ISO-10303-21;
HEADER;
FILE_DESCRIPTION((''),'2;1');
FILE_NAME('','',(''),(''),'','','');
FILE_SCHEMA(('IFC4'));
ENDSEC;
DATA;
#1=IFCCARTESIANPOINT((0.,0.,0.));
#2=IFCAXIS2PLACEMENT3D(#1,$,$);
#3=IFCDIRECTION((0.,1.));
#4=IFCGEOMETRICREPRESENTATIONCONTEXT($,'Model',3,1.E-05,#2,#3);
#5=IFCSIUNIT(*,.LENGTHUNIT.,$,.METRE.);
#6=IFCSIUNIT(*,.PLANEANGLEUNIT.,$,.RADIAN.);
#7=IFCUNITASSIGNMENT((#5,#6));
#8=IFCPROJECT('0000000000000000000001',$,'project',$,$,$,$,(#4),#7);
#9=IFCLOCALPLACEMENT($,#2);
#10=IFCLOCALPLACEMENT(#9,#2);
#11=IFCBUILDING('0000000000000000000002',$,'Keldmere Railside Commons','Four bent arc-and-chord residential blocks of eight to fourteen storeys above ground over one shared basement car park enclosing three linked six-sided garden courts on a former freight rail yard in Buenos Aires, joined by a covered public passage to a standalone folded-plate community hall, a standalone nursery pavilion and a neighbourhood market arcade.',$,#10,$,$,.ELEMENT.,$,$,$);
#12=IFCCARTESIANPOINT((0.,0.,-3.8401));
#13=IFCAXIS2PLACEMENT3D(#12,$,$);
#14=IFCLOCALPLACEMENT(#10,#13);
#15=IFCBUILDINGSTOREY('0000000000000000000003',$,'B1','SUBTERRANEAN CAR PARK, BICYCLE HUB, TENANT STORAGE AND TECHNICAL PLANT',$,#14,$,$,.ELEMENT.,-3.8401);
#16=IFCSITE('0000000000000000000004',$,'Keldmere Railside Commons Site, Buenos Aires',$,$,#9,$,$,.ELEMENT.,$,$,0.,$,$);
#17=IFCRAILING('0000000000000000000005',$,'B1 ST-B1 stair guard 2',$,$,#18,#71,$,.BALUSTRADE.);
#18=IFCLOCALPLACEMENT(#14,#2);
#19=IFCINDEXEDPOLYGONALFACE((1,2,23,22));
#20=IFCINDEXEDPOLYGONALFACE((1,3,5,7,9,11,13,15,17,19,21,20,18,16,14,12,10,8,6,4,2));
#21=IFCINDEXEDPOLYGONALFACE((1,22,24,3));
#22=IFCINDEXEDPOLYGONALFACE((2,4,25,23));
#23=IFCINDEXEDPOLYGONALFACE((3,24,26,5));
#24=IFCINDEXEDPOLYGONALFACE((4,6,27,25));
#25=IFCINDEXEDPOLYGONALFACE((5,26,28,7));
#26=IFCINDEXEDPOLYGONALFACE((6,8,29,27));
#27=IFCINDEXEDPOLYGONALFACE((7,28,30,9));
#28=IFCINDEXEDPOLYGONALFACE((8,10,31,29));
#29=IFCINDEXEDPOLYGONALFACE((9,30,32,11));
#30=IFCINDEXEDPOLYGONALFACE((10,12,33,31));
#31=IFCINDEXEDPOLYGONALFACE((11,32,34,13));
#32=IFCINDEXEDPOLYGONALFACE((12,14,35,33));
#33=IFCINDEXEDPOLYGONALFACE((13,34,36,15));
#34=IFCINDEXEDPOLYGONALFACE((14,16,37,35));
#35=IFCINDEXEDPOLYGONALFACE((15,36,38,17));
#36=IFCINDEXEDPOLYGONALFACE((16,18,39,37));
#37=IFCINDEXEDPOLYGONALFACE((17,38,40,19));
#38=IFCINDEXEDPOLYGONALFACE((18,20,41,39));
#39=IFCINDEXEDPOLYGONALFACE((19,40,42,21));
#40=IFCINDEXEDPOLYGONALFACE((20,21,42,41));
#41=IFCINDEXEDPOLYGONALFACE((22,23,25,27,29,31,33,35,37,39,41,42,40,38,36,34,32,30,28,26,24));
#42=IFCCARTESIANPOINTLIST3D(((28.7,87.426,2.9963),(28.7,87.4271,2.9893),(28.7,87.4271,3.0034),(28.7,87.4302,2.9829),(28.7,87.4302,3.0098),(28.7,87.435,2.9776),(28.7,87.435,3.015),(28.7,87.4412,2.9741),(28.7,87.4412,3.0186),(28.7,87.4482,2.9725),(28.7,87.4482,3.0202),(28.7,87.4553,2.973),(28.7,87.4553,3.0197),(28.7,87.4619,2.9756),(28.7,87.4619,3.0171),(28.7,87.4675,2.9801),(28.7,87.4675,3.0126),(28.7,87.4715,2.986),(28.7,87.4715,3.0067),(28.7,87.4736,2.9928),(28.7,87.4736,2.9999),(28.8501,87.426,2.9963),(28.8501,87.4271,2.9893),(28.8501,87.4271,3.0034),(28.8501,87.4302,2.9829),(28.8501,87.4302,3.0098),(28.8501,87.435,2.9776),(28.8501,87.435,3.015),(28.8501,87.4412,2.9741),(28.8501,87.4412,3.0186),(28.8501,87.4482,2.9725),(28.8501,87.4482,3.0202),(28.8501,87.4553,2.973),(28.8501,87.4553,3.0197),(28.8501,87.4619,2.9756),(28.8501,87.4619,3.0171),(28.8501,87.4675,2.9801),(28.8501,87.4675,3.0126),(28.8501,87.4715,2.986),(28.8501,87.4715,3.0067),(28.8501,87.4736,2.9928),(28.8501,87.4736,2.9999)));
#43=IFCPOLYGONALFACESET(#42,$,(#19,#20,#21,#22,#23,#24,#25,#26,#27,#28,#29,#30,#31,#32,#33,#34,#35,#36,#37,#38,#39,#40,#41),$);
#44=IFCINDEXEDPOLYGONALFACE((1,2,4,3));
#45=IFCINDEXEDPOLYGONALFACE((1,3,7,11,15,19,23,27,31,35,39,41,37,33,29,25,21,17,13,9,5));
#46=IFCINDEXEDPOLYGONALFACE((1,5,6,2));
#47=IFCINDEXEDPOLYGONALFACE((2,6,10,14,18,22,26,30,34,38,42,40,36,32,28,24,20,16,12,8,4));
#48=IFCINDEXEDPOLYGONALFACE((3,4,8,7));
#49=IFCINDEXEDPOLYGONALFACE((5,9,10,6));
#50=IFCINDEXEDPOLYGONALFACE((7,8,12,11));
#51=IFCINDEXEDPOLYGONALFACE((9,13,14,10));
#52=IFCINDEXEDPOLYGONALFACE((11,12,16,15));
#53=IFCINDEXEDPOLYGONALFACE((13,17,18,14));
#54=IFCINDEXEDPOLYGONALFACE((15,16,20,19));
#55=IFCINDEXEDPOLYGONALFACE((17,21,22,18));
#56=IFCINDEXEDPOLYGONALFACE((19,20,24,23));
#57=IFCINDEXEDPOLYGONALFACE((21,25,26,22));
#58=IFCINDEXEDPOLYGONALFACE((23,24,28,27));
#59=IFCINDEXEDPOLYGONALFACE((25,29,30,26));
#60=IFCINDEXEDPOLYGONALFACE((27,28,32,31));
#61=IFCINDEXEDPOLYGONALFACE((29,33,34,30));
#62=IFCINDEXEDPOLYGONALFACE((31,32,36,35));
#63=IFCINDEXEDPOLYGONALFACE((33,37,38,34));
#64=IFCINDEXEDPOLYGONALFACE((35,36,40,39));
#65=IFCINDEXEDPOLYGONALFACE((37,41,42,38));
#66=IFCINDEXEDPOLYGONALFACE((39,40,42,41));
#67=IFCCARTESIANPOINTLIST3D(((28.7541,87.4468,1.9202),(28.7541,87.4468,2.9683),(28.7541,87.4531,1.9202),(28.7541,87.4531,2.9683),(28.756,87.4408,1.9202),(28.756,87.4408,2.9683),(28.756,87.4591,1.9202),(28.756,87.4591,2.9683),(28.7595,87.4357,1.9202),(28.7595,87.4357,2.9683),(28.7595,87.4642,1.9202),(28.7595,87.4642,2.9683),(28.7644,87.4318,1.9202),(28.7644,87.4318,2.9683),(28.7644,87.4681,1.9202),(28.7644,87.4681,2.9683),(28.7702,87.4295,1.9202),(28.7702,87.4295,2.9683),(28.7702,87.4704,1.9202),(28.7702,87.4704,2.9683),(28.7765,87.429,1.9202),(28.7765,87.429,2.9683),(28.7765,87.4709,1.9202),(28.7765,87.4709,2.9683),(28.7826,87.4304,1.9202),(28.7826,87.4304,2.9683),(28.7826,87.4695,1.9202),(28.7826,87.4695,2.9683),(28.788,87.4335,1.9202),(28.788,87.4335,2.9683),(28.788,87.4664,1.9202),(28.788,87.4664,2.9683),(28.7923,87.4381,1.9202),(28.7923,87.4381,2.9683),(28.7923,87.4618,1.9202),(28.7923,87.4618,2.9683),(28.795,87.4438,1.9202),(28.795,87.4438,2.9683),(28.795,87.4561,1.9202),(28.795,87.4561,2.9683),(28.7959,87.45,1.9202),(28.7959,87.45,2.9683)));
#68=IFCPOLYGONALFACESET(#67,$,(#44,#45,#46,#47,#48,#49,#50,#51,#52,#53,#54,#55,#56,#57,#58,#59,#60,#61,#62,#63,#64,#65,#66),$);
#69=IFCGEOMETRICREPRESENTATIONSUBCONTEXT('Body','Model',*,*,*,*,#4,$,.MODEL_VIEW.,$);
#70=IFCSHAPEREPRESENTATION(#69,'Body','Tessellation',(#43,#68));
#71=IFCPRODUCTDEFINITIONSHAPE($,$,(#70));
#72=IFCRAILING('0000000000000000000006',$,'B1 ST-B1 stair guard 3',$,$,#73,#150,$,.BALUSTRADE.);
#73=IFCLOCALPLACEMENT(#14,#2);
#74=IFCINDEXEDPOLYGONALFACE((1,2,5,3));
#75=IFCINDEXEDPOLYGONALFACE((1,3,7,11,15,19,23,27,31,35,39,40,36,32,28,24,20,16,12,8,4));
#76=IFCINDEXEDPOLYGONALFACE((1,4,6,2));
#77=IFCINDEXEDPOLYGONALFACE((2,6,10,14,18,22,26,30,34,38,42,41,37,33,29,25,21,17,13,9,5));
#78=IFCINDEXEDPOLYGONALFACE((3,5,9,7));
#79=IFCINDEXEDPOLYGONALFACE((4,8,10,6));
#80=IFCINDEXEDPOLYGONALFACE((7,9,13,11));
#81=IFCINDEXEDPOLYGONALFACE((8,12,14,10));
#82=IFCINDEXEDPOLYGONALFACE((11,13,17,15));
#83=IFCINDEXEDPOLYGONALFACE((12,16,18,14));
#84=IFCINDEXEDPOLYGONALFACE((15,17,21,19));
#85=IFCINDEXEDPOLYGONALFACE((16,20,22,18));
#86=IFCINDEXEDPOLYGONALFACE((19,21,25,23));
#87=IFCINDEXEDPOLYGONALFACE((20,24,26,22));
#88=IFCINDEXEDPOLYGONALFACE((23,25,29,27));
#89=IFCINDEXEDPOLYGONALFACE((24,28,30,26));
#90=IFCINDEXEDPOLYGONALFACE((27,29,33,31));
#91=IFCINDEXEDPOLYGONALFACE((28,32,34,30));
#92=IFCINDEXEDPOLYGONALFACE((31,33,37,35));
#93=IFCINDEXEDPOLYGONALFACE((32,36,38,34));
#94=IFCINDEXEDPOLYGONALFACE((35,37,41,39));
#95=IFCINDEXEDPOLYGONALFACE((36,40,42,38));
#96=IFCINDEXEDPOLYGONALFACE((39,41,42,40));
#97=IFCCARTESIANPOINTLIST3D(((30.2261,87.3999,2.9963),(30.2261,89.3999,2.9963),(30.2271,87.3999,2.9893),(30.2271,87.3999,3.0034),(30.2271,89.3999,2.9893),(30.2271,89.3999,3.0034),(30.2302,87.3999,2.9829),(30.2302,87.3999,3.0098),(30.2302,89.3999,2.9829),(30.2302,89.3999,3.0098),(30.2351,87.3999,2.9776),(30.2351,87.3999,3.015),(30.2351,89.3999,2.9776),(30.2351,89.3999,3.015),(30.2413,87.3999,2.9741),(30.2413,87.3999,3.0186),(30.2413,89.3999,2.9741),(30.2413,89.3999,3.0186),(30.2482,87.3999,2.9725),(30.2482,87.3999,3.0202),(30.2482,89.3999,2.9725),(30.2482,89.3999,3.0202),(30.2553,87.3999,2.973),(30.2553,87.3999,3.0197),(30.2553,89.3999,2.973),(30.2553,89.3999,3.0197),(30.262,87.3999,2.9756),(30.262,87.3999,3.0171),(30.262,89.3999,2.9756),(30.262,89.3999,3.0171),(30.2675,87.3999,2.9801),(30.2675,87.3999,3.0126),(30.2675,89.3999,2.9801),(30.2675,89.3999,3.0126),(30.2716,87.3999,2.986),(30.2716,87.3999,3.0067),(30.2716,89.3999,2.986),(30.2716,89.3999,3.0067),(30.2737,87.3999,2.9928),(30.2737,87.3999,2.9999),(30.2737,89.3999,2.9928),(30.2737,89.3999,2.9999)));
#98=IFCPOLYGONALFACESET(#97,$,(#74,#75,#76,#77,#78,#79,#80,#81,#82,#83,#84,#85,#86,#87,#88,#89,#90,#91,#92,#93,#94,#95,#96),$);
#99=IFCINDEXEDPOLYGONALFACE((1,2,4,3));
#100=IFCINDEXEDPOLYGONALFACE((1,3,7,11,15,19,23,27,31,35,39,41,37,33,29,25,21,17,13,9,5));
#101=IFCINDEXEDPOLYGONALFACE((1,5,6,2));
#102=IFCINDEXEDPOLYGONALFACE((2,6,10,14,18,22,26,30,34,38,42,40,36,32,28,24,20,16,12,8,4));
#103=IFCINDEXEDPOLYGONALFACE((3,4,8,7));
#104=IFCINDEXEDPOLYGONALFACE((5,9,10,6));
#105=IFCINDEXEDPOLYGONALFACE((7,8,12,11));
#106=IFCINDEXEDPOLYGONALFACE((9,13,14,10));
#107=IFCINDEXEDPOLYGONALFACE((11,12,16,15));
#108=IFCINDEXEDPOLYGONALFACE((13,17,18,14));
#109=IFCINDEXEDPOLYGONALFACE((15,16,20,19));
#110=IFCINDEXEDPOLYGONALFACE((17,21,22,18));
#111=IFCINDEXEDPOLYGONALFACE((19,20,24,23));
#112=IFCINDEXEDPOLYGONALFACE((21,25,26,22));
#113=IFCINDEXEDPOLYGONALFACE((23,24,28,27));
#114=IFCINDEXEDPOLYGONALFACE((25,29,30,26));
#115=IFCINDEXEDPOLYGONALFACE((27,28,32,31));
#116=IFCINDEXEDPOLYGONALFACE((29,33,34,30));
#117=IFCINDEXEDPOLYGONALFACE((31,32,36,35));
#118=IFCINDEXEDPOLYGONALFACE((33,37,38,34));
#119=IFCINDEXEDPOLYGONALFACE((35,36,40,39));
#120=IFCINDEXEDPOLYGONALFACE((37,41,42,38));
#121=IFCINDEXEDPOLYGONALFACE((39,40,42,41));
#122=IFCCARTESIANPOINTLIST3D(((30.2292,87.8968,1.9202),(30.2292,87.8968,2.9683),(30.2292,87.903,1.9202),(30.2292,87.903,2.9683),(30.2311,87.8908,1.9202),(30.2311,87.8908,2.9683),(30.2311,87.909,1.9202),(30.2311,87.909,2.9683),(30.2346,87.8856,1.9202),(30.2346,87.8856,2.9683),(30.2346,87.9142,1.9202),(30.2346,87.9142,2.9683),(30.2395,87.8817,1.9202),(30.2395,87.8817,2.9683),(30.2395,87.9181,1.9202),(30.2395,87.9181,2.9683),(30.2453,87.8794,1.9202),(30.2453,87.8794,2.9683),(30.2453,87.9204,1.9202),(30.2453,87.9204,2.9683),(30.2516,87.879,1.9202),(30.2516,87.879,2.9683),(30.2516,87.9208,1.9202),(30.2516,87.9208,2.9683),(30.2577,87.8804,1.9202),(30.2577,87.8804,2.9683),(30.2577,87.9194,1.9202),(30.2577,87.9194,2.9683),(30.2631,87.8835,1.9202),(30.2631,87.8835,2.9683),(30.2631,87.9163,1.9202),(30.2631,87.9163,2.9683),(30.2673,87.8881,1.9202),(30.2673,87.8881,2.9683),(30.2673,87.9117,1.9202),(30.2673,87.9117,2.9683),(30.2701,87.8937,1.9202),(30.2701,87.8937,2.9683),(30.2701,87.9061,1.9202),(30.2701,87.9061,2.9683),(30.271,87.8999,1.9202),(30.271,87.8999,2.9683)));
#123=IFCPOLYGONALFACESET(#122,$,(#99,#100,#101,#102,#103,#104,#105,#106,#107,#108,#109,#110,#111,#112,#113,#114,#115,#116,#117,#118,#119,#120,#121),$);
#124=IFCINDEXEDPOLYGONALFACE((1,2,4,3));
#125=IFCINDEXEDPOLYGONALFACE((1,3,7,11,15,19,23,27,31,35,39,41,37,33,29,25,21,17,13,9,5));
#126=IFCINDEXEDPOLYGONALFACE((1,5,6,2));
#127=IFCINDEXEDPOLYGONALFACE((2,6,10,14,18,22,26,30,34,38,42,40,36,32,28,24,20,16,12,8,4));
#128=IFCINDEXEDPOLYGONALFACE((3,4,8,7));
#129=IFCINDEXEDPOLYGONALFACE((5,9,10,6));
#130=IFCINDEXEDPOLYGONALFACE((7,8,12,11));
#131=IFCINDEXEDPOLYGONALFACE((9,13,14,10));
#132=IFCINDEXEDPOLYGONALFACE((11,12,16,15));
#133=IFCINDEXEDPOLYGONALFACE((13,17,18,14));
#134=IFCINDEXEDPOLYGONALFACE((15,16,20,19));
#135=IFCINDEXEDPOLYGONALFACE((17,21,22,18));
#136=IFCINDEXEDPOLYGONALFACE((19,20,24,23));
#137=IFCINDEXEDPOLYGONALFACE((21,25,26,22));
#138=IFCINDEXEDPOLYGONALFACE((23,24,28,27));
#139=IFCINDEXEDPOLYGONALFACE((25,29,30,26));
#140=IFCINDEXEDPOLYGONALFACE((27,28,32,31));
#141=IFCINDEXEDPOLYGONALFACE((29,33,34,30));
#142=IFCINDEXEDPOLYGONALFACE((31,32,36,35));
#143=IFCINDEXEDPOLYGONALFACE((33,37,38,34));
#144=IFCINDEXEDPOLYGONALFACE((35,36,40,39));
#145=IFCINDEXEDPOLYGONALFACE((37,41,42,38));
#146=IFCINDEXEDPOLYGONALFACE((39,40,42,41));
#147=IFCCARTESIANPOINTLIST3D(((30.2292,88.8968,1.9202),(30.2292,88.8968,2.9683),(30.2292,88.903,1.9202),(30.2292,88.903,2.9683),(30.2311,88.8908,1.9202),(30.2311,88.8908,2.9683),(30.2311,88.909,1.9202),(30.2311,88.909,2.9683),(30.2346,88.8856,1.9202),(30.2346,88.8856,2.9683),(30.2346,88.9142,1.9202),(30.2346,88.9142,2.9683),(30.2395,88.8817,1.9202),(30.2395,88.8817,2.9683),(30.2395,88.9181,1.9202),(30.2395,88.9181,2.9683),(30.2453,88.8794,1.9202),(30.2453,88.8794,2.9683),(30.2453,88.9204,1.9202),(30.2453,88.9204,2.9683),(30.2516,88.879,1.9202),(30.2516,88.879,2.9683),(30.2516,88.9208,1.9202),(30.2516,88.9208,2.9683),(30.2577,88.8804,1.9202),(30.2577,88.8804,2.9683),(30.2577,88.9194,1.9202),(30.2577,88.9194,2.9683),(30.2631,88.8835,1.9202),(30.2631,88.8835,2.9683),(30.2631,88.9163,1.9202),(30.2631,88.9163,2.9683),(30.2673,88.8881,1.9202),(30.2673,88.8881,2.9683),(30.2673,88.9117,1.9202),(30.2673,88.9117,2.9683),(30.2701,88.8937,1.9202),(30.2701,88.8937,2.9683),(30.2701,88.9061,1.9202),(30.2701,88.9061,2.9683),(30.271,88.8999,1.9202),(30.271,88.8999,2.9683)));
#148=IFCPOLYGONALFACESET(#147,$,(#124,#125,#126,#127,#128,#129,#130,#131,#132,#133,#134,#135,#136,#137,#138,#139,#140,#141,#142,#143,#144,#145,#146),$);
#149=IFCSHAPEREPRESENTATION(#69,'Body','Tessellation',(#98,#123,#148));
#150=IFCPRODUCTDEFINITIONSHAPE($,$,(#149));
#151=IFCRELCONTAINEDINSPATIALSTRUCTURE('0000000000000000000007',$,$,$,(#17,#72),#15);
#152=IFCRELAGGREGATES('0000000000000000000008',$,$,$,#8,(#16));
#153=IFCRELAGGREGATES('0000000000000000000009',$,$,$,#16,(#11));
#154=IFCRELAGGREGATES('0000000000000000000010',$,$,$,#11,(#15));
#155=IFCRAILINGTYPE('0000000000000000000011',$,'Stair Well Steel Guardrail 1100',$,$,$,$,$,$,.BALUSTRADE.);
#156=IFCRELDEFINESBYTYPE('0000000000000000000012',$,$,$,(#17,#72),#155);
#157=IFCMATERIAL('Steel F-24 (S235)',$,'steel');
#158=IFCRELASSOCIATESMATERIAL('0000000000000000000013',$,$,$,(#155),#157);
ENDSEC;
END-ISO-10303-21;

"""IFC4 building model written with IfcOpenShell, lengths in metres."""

from ifc_helpers import new_model, si_unit, direction, frame, origin, origin_2d, place, context, subcontext, project, spatial, circle, extrude, material, type_object, element, save


model = new_model("IFC4")

# Units and contexts
model_context = context("Model", 3, precision=1e-05, world=origin(), true_north=direction((0.0, 1.0)))
body_context = subcontext(model_context, "Body", "Model", "MODEL_VIEW")
ifc_project = project(units=[si_unit("LENGTHUNIT", "METRE"), si_unit("PLANEANGLEUNIT", "RADIAN")], contexts=[model_context])

# Site, building, storey
site_placement = place(None, origin())
site = spatial("IfcSite", under=ifc_project, at=site_placement, Name="Keldmere Railside Commons Site, Buenos Aires", CompositionType="ELEMENT", RefElevation=0.0)
building_placement = place(site_placement, origin())
building = spatial("IfcBuilding", under=site, at=building_placement, Name="Keldmere Railside Commons", Description="Four bent arc-and-chord residential blocks of eight to fourteen storeys above ground over one shared basement car park enclosing three linked six-sided garden courts on a former freight rail yard in Buenos Aires, joined by a covered public passage to a standalone folded-plate community hall, a standalone nursery pavilion and a neighbourhood market arcade.", CompositionType="ELEMENT")
storey_placement = place(building_placement, frame((0.0, 0.0, -3.8401)))
storey = spatial("IfcBuildingStorey", under=building, at=storey_placement, Name="B1", Description="SUBTERRANEAN CAR PARK, BICYCLE HUB, TENANT STORAGE AND TECHNICAL PLANT", CompositionType="ELEMENT", Elevation=-3.8401)

# Railings
ifc_material_1 = material(Name="Steel F-24 (S235)", Category="steel")
railing_type_1 = type_object("IfcRailingType", Name="Stair Well Steel Guardrail 1100", PredefinedType="BALUSTRADE", material=ifc_material_1)
railing_1_placement = place(storey_placement, frame((28.8501, 87.45, 1.9202)))
element("IfcRailing", 1, at=railing_1_placement, inside=storey, type_object=railing_type_1, Name="B1 ST-B1 stair guard 2", PredefinedType="BALUSTRADE", context=body_context, shape_type="SweptSolid", body=[
    extrude(circle(Radius=0.0239, at=origin_2d()), frame((0.0, 0.0, 1.0762), z_axis=(-1.0, 0.0, 0.0), x_axis=(0.0, -1.0, 0.0)), (0.0, 0.0, 1.0), 0.1501),
    extrude(circle(Radius=0.021, at=origin_2d()), frame((-0.0752, 0.0, 0.0)), (0.0, 0.0, 1.0), 1.0481),
])
railing_2_placement = place(storey_placement, frame((30.25, 87.3999, 1.9202)))
element("IfcRailing", 2, at=railing_2_placement, inside=storey, type_object=railing_type_1, Name="B1 ST-B1 stair guard 3", PredefinedType="BALUSTRADE", context=body_context, shape_type="SweptSolid", body=[
    extrude(circle(Radius=0.0239, at=origin_2d()), frame((0.0, 0.0, 1.0762), z_axis=(0.0, 1.0, 0.0), x_axis=(-1.0, 0.0, 0.0)), (0.0, 0.0, 1.0), 2.0),
    extrude(circle(Radius=0.021, at=origin_2d()), frame((0.0, 0.5, 0.0)), (0.0, 0.0, 1.0), 1.0481),
    extrude(circle(Radius=0.021, at=origin_2d()), frame((0.0, 1.5, 0.0)), (0.0, 0.0, 1.0), 1.0481),
])

save(model, "model.ifc")
